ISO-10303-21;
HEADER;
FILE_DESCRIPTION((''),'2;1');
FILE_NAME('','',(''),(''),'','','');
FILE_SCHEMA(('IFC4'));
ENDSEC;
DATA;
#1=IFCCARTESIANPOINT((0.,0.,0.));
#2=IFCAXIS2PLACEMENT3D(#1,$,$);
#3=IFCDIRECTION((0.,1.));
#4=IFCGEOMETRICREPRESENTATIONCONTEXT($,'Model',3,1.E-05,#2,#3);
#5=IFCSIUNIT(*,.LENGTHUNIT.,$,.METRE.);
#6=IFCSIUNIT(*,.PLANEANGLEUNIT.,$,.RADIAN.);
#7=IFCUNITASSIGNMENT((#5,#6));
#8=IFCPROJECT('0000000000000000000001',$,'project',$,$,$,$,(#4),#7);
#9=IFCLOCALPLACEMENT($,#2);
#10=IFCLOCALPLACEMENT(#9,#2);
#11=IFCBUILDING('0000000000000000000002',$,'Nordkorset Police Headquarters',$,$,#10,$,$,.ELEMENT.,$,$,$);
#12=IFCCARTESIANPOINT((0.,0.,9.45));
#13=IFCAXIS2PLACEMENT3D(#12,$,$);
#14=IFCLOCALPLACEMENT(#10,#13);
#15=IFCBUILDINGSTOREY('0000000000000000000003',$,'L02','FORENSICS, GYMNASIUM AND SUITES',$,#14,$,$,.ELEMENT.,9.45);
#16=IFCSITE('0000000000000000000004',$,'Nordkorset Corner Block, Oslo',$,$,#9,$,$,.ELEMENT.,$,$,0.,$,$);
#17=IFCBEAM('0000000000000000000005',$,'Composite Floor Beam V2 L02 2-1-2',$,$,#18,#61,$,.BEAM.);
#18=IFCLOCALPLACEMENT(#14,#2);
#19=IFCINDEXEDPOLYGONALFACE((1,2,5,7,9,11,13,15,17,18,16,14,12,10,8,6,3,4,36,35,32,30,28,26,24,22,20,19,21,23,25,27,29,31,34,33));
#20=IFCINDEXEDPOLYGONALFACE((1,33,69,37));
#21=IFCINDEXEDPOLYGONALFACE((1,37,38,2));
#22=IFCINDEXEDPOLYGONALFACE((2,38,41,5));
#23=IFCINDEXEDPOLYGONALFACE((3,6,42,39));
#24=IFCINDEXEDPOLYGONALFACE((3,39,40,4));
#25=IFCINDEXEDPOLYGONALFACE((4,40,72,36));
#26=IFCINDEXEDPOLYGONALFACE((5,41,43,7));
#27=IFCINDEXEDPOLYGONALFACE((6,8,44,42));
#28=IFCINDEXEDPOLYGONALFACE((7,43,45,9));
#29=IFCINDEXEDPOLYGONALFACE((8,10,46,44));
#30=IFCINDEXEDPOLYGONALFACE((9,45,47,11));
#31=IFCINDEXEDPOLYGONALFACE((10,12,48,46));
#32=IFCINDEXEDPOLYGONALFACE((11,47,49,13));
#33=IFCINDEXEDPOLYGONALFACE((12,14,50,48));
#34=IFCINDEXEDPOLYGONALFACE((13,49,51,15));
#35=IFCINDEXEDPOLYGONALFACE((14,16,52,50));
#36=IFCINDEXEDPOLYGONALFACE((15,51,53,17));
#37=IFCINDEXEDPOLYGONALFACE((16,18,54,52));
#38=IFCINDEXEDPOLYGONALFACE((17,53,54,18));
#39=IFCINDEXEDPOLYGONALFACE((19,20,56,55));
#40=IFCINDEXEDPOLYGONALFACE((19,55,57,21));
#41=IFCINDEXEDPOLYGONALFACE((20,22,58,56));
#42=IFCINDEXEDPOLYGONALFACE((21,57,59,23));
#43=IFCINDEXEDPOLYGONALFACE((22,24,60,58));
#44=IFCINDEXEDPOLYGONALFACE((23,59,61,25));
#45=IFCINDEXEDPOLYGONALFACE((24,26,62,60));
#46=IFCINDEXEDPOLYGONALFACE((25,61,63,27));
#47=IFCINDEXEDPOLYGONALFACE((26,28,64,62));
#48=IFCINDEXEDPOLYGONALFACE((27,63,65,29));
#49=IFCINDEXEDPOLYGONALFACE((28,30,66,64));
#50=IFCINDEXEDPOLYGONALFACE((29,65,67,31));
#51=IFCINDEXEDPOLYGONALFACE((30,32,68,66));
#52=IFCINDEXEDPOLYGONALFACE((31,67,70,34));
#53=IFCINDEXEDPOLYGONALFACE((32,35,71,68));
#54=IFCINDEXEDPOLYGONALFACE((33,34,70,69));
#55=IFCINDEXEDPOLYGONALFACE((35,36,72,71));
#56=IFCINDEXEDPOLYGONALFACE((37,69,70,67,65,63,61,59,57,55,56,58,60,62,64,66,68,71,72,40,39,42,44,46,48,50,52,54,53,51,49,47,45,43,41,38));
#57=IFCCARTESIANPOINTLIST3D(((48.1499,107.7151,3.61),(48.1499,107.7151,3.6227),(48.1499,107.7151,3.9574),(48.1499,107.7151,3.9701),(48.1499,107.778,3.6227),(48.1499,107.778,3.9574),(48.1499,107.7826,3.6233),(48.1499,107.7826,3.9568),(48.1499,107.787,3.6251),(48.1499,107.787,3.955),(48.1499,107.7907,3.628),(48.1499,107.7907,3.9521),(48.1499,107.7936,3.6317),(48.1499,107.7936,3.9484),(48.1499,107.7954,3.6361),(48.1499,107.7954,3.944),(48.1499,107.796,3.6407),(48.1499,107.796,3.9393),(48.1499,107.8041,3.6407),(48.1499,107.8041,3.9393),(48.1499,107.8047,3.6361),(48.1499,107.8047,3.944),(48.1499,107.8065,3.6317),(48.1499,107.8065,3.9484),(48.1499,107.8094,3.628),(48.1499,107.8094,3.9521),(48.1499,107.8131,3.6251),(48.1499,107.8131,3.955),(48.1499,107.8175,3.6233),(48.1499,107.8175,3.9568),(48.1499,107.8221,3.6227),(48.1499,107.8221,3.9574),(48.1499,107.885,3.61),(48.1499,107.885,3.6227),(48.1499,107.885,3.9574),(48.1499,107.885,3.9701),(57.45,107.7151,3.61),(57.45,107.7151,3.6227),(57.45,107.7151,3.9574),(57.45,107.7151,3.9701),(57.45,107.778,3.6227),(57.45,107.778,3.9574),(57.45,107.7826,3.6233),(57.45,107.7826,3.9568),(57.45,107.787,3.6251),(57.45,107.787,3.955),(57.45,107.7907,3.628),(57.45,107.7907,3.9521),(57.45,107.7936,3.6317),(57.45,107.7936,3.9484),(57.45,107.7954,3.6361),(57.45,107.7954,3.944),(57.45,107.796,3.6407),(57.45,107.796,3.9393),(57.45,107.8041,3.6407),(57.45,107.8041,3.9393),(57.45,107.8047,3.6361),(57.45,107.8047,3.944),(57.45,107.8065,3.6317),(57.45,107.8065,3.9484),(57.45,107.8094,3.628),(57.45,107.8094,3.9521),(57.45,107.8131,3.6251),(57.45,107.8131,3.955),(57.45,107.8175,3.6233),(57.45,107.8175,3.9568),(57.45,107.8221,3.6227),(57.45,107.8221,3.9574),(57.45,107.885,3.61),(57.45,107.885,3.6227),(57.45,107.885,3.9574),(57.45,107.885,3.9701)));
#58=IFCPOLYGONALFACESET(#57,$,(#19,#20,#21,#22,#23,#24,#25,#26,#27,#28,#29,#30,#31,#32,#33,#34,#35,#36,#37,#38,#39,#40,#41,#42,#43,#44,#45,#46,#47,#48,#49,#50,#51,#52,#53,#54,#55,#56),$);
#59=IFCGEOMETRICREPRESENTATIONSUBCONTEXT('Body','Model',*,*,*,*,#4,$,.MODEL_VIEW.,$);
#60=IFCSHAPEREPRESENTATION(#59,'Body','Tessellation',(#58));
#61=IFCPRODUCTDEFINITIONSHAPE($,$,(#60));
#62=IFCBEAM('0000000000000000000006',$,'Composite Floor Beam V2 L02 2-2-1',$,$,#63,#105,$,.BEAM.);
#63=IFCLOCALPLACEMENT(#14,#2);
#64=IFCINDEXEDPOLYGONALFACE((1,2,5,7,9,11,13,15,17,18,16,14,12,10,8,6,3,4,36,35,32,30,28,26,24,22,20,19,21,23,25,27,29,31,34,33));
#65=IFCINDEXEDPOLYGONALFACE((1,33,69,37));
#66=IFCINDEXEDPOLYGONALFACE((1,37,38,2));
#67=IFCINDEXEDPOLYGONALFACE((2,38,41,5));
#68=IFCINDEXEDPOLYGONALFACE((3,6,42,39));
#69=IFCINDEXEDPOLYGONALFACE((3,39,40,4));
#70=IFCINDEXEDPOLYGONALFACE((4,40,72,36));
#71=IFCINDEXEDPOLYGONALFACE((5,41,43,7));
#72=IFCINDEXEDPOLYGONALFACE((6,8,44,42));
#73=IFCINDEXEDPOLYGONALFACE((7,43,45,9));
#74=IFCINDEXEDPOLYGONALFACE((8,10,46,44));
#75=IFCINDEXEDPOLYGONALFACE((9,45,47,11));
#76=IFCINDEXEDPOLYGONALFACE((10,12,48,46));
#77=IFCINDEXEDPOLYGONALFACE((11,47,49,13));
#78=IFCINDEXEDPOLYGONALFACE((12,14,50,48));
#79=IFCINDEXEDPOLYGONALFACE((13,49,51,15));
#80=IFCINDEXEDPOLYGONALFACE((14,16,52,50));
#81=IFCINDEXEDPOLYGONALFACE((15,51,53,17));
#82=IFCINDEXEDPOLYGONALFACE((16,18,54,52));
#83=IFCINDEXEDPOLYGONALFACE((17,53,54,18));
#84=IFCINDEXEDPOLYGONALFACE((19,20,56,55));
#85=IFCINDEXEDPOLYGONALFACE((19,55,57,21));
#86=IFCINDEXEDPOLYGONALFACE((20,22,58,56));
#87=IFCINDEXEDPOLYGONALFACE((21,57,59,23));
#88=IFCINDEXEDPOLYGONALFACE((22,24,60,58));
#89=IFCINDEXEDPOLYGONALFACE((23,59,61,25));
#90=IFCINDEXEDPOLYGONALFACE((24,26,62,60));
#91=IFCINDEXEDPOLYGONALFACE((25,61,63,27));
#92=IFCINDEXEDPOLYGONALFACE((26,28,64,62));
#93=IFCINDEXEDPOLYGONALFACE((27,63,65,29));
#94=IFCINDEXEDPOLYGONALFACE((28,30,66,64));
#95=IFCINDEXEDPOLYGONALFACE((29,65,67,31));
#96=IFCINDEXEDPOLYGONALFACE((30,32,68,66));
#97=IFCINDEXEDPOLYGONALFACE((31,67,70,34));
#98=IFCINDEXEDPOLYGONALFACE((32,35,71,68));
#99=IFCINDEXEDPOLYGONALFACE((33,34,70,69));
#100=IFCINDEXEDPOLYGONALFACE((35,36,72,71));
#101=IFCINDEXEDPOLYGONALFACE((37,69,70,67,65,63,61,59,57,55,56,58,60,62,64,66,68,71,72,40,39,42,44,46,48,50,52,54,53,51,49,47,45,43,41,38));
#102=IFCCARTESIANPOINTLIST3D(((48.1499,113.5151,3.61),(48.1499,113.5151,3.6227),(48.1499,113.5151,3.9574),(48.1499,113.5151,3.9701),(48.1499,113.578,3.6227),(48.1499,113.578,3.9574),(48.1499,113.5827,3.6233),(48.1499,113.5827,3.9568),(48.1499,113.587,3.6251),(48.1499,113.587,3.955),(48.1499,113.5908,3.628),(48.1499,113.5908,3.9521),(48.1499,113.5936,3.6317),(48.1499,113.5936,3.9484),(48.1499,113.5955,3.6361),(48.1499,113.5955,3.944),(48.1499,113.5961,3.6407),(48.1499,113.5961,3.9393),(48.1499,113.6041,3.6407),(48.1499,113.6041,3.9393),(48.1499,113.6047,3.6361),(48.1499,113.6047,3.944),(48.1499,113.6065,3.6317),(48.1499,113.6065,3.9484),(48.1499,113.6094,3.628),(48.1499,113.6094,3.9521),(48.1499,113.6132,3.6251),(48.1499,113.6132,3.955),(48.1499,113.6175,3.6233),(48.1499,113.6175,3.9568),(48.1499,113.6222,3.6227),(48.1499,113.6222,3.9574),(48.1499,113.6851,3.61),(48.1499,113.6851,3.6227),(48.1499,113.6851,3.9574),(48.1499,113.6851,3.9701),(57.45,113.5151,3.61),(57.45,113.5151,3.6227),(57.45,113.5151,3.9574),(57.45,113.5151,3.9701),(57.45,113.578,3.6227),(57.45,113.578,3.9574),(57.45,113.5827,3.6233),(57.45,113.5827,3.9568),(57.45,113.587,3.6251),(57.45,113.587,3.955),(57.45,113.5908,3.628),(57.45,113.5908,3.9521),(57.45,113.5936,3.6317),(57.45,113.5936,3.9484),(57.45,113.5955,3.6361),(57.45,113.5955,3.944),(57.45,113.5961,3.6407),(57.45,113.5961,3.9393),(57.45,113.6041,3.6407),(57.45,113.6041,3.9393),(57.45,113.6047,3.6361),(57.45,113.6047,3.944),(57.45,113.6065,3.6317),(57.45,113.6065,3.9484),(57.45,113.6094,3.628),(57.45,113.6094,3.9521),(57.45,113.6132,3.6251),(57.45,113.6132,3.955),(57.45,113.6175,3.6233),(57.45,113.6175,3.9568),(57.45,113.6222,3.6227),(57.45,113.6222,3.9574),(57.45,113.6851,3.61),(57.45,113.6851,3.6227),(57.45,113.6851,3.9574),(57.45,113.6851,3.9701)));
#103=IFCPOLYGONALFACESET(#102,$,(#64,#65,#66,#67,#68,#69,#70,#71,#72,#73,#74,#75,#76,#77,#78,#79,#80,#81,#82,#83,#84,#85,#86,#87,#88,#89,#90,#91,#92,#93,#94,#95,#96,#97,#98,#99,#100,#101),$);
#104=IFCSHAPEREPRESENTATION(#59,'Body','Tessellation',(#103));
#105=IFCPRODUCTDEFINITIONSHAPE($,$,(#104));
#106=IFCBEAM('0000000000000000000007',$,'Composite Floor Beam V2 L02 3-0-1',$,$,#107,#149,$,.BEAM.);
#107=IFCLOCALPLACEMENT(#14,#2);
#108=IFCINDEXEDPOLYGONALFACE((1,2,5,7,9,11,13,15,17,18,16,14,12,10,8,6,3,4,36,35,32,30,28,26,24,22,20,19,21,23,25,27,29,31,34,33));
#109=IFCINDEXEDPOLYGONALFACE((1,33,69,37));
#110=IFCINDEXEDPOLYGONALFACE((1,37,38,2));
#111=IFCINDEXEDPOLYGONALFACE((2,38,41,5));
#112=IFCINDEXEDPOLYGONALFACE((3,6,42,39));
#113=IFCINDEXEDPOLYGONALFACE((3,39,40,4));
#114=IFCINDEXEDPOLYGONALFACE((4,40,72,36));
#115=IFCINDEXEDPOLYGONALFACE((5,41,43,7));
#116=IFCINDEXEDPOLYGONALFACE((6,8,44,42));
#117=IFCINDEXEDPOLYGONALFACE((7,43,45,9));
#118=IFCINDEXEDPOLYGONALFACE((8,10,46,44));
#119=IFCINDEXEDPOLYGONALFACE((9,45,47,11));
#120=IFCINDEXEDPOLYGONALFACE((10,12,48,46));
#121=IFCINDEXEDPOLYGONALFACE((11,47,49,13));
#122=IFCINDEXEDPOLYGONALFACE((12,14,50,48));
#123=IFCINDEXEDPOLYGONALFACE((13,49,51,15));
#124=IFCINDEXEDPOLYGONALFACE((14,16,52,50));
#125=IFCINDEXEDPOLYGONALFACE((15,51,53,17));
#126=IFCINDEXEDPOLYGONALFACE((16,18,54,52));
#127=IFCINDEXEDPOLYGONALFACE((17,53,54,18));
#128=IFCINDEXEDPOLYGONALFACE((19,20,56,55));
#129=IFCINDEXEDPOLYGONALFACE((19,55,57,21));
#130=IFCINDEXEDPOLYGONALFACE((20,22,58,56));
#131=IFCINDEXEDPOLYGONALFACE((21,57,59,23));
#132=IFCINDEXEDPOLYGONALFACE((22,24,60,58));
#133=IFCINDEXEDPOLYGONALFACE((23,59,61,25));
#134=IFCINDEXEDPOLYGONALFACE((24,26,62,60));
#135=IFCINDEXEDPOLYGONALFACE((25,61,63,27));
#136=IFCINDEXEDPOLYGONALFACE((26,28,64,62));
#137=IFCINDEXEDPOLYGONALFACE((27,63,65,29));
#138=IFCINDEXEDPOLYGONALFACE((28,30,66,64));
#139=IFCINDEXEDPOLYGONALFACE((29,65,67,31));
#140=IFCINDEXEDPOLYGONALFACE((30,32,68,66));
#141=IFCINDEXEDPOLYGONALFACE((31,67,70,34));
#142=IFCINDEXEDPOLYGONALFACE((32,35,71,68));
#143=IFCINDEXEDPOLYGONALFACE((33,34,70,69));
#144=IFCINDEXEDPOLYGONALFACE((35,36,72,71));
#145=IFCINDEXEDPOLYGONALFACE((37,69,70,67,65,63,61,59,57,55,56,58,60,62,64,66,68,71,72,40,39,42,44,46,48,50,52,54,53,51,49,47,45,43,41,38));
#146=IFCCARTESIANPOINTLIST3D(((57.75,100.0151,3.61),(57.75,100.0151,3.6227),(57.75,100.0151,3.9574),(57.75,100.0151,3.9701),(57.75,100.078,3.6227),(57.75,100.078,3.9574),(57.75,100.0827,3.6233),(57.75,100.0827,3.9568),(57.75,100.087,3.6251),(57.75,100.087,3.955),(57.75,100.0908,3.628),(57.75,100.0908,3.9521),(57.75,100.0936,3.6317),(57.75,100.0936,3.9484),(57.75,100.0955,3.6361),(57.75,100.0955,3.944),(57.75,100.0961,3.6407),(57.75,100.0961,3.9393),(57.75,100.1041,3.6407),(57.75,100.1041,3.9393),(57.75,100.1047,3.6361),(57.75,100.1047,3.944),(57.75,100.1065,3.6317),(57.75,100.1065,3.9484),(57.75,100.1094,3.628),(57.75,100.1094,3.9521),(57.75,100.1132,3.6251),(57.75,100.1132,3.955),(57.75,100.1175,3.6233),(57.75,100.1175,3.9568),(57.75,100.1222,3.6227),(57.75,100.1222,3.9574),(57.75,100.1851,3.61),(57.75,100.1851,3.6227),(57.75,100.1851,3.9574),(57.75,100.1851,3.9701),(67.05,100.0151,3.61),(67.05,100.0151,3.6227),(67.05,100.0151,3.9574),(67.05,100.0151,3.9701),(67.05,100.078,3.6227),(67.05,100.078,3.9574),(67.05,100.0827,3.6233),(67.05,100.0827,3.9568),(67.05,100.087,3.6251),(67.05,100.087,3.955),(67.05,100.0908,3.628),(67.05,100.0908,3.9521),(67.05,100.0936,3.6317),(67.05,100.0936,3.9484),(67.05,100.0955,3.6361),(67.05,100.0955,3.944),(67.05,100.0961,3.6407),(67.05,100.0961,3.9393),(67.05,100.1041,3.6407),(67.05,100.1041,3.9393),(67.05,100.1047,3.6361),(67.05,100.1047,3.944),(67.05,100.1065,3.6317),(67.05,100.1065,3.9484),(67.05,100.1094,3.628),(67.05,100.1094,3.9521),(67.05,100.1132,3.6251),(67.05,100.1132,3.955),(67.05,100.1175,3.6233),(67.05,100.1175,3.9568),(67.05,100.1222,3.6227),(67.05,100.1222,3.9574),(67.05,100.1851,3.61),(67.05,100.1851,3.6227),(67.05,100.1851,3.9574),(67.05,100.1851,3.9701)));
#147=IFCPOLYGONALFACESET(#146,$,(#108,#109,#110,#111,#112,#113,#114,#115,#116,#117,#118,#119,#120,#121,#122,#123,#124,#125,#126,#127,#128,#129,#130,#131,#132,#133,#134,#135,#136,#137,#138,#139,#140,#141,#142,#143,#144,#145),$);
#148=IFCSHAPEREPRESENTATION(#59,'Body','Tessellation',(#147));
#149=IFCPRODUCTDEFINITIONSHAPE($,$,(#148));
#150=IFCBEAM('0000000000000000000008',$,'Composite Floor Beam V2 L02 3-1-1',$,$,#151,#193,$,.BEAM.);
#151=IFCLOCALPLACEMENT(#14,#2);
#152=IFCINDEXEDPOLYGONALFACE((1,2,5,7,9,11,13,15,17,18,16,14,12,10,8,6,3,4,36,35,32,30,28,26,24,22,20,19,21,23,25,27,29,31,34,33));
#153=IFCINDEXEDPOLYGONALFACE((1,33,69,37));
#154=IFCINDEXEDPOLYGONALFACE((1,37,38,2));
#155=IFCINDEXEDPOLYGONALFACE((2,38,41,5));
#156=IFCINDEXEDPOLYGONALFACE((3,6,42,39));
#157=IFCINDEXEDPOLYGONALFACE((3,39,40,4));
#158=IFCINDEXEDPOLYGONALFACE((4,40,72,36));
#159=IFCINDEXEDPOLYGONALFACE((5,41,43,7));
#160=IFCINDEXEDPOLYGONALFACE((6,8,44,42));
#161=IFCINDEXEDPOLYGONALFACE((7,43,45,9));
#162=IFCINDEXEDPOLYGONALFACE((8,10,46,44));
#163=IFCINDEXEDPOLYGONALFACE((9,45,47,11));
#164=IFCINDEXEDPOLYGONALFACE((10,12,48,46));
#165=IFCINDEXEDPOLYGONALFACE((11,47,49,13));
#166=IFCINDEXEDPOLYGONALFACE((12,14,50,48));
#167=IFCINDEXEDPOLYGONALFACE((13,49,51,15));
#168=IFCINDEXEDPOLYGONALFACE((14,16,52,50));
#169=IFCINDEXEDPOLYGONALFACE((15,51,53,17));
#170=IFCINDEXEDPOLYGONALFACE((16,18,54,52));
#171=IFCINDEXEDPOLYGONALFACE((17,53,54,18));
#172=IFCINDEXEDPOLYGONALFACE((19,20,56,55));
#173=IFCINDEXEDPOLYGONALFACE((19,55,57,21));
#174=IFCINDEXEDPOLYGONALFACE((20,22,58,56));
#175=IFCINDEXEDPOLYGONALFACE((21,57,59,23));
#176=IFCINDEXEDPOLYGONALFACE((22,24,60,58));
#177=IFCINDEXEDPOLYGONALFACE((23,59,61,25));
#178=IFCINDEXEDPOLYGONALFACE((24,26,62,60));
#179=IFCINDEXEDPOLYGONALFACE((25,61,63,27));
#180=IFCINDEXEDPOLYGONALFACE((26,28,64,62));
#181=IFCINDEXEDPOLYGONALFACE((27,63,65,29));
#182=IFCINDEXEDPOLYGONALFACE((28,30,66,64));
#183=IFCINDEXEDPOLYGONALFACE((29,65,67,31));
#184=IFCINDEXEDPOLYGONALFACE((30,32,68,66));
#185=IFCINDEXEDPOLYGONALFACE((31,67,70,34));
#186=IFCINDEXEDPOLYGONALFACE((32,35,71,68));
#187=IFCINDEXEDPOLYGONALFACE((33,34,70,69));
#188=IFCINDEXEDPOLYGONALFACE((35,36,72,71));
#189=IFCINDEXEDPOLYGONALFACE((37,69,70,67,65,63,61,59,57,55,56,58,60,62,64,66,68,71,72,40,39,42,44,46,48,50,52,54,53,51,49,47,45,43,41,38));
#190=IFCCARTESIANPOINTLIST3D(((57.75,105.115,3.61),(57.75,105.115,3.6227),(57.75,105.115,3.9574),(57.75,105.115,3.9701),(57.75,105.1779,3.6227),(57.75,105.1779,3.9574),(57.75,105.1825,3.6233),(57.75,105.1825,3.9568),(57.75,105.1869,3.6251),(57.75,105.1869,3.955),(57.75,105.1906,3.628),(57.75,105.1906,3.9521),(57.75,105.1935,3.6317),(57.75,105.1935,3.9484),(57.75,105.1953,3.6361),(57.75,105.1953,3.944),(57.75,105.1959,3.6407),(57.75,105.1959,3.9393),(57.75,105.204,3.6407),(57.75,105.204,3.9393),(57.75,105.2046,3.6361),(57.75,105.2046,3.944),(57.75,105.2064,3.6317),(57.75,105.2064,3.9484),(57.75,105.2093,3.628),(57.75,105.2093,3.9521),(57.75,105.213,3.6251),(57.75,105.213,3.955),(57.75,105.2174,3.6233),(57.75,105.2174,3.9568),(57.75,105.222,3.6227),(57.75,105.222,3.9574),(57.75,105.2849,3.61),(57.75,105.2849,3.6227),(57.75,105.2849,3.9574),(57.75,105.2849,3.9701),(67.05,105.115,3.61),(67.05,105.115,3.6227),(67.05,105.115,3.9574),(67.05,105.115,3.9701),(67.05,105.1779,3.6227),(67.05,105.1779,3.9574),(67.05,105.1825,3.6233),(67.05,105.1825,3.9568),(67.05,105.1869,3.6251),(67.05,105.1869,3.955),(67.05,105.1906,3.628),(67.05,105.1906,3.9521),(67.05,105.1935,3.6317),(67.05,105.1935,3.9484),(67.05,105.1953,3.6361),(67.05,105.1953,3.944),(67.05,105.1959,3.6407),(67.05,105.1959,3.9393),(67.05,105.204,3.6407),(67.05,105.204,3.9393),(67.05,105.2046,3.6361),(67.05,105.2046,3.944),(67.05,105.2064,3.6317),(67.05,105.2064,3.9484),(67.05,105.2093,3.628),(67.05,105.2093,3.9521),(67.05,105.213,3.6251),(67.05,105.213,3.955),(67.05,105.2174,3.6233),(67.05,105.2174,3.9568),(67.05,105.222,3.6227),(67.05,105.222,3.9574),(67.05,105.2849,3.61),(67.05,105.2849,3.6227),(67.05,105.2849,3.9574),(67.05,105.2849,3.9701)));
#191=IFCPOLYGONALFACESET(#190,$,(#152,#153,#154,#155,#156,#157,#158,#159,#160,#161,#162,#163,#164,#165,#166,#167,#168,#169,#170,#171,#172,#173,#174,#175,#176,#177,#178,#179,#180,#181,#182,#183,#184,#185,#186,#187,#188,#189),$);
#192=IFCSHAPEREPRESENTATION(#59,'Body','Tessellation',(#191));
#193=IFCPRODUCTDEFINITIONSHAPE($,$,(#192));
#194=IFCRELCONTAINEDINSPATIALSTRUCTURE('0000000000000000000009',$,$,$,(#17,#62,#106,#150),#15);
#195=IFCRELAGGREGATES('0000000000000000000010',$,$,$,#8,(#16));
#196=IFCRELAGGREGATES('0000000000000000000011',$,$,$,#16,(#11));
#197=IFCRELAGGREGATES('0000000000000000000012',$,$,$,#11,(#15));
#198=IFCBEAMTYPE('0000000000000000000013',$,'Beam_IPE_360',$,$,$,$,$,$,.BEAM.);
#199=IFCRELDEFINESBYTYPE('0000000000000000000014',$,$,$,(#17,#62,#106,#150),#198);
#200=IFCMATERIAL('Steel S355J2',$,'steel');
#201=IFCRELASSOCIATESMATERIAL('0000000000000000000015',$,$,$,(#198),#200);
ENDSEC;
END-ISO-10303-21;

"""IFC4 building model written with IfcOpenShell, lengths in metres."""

from ifc_helpers import new_model, si_unit, direction, frame, origin, origin_2d, place, context, subcontext, project, spatial, i_section, extrude, material, material_profile, profile_set, type_object, element, save


model = new_model("IFC4")

# Units and contexts
model_context = context("Model", 3, precision=1e-05, world=origin(), true_north=direction((0.0, 1.0)))
body_context = subcontext(model_context, "Body", "Model", "MODEL_VIEW")
ifc_project = project(units=[si_unit("LENGTHUNIT", "METRE"), si_unit("PLANEANGLEUNIT", "RADIAN")], contexts=[model_context])

# Site, building, storey
site_placement = place(None, origin())
site = spatial("IfcSite", under=ifc_project, at=site_placement, Name="Nordkorset Corner Block, Oslo", CompositionType="ELEMENT", RefElevation=0.0)
building_placement = place(site_placement, origin())
building = spatial("IfcBuilding", under=site, at=building_placement, Name="Nordkorset Police Headquarters", CompositionType="ELEMENT")
storey_placement = place(building_placement, frame((0.0, 0.0, 9.45)))
storey = spatial("IfcBuildingStorey", under=building, at=storey_placement, Name="L02", Description="FORENSICS, GYMNASIUM AND SUITES", CompositionType="ELEMENT", Elevation=9.45)

# Beams
ifc_material_1 = material(Name="Steel S355J2", Category="steel")
ifc_material_profile_1 = material_profile(ifc_material_1, i_section(OverallWidth=0.1699, OverallDepth=0.3601, WebThickness=0.0081, FlangeThickness=0.0127, FilletRadius=0.0181, at=origin_2d()), Name="IPE 360")
ifc_profile_set_1 = profile_set([ifc_material_profile_1], Name="Steel S355J2")
beam_type_1 = type_object("IfcBeamType", Name="Beam_IPE_360", PredefinedType="BEAM", material=ifc_profile_set_1)
for number, where, z_axis, x_axis, name in (
    (1, (48.1499, 107.8, 3.79), (1.0, 0.0, 0.0), (0.0, 1.0, 0.0), "Composite Floor Beam V2 L02 2-1-2"),
    (2, (48.1499, 113.6001, 3.79), (1.0, 0.0, 0.0), (0.0, 1.0, 0.0), "Composite Floor Beam V2 L02 2-2-1"),
    (3, (57.75, 100.1001, 3.79), (1.0, 0.0, 0.0), (0.0, 1.0, 0.0), "Composite Floor Beam V2 L02 3-0-1"),
    (4, (57.75, 105.2, 3.79), (1.0, 0.0, 0.0), (0.0, 1.0, 0.0), "Composite Floor Beam V2 L02 3-1-1"),
):
    element("IfcBeam", number, at=place(storey_placement, frame(where, z_axis=z_axis, x_axis=x_axis)), inside=storey, type_object=beam_type_1, Name=name, PredefinedType="BEAM", context=body_context, shape_type="SweptSolid", body=[
        extrude(i_section(OverallWidth=0.1699, OverallDepth=0.3601, WebThickness=0.0081, FlangeThickness=0.0127, FilletRadius=0.0181, at=origin_2d()), origin(), (0.0, 0.0, 1.0), 9.3),
    ])

save(model, "model.ifc")
